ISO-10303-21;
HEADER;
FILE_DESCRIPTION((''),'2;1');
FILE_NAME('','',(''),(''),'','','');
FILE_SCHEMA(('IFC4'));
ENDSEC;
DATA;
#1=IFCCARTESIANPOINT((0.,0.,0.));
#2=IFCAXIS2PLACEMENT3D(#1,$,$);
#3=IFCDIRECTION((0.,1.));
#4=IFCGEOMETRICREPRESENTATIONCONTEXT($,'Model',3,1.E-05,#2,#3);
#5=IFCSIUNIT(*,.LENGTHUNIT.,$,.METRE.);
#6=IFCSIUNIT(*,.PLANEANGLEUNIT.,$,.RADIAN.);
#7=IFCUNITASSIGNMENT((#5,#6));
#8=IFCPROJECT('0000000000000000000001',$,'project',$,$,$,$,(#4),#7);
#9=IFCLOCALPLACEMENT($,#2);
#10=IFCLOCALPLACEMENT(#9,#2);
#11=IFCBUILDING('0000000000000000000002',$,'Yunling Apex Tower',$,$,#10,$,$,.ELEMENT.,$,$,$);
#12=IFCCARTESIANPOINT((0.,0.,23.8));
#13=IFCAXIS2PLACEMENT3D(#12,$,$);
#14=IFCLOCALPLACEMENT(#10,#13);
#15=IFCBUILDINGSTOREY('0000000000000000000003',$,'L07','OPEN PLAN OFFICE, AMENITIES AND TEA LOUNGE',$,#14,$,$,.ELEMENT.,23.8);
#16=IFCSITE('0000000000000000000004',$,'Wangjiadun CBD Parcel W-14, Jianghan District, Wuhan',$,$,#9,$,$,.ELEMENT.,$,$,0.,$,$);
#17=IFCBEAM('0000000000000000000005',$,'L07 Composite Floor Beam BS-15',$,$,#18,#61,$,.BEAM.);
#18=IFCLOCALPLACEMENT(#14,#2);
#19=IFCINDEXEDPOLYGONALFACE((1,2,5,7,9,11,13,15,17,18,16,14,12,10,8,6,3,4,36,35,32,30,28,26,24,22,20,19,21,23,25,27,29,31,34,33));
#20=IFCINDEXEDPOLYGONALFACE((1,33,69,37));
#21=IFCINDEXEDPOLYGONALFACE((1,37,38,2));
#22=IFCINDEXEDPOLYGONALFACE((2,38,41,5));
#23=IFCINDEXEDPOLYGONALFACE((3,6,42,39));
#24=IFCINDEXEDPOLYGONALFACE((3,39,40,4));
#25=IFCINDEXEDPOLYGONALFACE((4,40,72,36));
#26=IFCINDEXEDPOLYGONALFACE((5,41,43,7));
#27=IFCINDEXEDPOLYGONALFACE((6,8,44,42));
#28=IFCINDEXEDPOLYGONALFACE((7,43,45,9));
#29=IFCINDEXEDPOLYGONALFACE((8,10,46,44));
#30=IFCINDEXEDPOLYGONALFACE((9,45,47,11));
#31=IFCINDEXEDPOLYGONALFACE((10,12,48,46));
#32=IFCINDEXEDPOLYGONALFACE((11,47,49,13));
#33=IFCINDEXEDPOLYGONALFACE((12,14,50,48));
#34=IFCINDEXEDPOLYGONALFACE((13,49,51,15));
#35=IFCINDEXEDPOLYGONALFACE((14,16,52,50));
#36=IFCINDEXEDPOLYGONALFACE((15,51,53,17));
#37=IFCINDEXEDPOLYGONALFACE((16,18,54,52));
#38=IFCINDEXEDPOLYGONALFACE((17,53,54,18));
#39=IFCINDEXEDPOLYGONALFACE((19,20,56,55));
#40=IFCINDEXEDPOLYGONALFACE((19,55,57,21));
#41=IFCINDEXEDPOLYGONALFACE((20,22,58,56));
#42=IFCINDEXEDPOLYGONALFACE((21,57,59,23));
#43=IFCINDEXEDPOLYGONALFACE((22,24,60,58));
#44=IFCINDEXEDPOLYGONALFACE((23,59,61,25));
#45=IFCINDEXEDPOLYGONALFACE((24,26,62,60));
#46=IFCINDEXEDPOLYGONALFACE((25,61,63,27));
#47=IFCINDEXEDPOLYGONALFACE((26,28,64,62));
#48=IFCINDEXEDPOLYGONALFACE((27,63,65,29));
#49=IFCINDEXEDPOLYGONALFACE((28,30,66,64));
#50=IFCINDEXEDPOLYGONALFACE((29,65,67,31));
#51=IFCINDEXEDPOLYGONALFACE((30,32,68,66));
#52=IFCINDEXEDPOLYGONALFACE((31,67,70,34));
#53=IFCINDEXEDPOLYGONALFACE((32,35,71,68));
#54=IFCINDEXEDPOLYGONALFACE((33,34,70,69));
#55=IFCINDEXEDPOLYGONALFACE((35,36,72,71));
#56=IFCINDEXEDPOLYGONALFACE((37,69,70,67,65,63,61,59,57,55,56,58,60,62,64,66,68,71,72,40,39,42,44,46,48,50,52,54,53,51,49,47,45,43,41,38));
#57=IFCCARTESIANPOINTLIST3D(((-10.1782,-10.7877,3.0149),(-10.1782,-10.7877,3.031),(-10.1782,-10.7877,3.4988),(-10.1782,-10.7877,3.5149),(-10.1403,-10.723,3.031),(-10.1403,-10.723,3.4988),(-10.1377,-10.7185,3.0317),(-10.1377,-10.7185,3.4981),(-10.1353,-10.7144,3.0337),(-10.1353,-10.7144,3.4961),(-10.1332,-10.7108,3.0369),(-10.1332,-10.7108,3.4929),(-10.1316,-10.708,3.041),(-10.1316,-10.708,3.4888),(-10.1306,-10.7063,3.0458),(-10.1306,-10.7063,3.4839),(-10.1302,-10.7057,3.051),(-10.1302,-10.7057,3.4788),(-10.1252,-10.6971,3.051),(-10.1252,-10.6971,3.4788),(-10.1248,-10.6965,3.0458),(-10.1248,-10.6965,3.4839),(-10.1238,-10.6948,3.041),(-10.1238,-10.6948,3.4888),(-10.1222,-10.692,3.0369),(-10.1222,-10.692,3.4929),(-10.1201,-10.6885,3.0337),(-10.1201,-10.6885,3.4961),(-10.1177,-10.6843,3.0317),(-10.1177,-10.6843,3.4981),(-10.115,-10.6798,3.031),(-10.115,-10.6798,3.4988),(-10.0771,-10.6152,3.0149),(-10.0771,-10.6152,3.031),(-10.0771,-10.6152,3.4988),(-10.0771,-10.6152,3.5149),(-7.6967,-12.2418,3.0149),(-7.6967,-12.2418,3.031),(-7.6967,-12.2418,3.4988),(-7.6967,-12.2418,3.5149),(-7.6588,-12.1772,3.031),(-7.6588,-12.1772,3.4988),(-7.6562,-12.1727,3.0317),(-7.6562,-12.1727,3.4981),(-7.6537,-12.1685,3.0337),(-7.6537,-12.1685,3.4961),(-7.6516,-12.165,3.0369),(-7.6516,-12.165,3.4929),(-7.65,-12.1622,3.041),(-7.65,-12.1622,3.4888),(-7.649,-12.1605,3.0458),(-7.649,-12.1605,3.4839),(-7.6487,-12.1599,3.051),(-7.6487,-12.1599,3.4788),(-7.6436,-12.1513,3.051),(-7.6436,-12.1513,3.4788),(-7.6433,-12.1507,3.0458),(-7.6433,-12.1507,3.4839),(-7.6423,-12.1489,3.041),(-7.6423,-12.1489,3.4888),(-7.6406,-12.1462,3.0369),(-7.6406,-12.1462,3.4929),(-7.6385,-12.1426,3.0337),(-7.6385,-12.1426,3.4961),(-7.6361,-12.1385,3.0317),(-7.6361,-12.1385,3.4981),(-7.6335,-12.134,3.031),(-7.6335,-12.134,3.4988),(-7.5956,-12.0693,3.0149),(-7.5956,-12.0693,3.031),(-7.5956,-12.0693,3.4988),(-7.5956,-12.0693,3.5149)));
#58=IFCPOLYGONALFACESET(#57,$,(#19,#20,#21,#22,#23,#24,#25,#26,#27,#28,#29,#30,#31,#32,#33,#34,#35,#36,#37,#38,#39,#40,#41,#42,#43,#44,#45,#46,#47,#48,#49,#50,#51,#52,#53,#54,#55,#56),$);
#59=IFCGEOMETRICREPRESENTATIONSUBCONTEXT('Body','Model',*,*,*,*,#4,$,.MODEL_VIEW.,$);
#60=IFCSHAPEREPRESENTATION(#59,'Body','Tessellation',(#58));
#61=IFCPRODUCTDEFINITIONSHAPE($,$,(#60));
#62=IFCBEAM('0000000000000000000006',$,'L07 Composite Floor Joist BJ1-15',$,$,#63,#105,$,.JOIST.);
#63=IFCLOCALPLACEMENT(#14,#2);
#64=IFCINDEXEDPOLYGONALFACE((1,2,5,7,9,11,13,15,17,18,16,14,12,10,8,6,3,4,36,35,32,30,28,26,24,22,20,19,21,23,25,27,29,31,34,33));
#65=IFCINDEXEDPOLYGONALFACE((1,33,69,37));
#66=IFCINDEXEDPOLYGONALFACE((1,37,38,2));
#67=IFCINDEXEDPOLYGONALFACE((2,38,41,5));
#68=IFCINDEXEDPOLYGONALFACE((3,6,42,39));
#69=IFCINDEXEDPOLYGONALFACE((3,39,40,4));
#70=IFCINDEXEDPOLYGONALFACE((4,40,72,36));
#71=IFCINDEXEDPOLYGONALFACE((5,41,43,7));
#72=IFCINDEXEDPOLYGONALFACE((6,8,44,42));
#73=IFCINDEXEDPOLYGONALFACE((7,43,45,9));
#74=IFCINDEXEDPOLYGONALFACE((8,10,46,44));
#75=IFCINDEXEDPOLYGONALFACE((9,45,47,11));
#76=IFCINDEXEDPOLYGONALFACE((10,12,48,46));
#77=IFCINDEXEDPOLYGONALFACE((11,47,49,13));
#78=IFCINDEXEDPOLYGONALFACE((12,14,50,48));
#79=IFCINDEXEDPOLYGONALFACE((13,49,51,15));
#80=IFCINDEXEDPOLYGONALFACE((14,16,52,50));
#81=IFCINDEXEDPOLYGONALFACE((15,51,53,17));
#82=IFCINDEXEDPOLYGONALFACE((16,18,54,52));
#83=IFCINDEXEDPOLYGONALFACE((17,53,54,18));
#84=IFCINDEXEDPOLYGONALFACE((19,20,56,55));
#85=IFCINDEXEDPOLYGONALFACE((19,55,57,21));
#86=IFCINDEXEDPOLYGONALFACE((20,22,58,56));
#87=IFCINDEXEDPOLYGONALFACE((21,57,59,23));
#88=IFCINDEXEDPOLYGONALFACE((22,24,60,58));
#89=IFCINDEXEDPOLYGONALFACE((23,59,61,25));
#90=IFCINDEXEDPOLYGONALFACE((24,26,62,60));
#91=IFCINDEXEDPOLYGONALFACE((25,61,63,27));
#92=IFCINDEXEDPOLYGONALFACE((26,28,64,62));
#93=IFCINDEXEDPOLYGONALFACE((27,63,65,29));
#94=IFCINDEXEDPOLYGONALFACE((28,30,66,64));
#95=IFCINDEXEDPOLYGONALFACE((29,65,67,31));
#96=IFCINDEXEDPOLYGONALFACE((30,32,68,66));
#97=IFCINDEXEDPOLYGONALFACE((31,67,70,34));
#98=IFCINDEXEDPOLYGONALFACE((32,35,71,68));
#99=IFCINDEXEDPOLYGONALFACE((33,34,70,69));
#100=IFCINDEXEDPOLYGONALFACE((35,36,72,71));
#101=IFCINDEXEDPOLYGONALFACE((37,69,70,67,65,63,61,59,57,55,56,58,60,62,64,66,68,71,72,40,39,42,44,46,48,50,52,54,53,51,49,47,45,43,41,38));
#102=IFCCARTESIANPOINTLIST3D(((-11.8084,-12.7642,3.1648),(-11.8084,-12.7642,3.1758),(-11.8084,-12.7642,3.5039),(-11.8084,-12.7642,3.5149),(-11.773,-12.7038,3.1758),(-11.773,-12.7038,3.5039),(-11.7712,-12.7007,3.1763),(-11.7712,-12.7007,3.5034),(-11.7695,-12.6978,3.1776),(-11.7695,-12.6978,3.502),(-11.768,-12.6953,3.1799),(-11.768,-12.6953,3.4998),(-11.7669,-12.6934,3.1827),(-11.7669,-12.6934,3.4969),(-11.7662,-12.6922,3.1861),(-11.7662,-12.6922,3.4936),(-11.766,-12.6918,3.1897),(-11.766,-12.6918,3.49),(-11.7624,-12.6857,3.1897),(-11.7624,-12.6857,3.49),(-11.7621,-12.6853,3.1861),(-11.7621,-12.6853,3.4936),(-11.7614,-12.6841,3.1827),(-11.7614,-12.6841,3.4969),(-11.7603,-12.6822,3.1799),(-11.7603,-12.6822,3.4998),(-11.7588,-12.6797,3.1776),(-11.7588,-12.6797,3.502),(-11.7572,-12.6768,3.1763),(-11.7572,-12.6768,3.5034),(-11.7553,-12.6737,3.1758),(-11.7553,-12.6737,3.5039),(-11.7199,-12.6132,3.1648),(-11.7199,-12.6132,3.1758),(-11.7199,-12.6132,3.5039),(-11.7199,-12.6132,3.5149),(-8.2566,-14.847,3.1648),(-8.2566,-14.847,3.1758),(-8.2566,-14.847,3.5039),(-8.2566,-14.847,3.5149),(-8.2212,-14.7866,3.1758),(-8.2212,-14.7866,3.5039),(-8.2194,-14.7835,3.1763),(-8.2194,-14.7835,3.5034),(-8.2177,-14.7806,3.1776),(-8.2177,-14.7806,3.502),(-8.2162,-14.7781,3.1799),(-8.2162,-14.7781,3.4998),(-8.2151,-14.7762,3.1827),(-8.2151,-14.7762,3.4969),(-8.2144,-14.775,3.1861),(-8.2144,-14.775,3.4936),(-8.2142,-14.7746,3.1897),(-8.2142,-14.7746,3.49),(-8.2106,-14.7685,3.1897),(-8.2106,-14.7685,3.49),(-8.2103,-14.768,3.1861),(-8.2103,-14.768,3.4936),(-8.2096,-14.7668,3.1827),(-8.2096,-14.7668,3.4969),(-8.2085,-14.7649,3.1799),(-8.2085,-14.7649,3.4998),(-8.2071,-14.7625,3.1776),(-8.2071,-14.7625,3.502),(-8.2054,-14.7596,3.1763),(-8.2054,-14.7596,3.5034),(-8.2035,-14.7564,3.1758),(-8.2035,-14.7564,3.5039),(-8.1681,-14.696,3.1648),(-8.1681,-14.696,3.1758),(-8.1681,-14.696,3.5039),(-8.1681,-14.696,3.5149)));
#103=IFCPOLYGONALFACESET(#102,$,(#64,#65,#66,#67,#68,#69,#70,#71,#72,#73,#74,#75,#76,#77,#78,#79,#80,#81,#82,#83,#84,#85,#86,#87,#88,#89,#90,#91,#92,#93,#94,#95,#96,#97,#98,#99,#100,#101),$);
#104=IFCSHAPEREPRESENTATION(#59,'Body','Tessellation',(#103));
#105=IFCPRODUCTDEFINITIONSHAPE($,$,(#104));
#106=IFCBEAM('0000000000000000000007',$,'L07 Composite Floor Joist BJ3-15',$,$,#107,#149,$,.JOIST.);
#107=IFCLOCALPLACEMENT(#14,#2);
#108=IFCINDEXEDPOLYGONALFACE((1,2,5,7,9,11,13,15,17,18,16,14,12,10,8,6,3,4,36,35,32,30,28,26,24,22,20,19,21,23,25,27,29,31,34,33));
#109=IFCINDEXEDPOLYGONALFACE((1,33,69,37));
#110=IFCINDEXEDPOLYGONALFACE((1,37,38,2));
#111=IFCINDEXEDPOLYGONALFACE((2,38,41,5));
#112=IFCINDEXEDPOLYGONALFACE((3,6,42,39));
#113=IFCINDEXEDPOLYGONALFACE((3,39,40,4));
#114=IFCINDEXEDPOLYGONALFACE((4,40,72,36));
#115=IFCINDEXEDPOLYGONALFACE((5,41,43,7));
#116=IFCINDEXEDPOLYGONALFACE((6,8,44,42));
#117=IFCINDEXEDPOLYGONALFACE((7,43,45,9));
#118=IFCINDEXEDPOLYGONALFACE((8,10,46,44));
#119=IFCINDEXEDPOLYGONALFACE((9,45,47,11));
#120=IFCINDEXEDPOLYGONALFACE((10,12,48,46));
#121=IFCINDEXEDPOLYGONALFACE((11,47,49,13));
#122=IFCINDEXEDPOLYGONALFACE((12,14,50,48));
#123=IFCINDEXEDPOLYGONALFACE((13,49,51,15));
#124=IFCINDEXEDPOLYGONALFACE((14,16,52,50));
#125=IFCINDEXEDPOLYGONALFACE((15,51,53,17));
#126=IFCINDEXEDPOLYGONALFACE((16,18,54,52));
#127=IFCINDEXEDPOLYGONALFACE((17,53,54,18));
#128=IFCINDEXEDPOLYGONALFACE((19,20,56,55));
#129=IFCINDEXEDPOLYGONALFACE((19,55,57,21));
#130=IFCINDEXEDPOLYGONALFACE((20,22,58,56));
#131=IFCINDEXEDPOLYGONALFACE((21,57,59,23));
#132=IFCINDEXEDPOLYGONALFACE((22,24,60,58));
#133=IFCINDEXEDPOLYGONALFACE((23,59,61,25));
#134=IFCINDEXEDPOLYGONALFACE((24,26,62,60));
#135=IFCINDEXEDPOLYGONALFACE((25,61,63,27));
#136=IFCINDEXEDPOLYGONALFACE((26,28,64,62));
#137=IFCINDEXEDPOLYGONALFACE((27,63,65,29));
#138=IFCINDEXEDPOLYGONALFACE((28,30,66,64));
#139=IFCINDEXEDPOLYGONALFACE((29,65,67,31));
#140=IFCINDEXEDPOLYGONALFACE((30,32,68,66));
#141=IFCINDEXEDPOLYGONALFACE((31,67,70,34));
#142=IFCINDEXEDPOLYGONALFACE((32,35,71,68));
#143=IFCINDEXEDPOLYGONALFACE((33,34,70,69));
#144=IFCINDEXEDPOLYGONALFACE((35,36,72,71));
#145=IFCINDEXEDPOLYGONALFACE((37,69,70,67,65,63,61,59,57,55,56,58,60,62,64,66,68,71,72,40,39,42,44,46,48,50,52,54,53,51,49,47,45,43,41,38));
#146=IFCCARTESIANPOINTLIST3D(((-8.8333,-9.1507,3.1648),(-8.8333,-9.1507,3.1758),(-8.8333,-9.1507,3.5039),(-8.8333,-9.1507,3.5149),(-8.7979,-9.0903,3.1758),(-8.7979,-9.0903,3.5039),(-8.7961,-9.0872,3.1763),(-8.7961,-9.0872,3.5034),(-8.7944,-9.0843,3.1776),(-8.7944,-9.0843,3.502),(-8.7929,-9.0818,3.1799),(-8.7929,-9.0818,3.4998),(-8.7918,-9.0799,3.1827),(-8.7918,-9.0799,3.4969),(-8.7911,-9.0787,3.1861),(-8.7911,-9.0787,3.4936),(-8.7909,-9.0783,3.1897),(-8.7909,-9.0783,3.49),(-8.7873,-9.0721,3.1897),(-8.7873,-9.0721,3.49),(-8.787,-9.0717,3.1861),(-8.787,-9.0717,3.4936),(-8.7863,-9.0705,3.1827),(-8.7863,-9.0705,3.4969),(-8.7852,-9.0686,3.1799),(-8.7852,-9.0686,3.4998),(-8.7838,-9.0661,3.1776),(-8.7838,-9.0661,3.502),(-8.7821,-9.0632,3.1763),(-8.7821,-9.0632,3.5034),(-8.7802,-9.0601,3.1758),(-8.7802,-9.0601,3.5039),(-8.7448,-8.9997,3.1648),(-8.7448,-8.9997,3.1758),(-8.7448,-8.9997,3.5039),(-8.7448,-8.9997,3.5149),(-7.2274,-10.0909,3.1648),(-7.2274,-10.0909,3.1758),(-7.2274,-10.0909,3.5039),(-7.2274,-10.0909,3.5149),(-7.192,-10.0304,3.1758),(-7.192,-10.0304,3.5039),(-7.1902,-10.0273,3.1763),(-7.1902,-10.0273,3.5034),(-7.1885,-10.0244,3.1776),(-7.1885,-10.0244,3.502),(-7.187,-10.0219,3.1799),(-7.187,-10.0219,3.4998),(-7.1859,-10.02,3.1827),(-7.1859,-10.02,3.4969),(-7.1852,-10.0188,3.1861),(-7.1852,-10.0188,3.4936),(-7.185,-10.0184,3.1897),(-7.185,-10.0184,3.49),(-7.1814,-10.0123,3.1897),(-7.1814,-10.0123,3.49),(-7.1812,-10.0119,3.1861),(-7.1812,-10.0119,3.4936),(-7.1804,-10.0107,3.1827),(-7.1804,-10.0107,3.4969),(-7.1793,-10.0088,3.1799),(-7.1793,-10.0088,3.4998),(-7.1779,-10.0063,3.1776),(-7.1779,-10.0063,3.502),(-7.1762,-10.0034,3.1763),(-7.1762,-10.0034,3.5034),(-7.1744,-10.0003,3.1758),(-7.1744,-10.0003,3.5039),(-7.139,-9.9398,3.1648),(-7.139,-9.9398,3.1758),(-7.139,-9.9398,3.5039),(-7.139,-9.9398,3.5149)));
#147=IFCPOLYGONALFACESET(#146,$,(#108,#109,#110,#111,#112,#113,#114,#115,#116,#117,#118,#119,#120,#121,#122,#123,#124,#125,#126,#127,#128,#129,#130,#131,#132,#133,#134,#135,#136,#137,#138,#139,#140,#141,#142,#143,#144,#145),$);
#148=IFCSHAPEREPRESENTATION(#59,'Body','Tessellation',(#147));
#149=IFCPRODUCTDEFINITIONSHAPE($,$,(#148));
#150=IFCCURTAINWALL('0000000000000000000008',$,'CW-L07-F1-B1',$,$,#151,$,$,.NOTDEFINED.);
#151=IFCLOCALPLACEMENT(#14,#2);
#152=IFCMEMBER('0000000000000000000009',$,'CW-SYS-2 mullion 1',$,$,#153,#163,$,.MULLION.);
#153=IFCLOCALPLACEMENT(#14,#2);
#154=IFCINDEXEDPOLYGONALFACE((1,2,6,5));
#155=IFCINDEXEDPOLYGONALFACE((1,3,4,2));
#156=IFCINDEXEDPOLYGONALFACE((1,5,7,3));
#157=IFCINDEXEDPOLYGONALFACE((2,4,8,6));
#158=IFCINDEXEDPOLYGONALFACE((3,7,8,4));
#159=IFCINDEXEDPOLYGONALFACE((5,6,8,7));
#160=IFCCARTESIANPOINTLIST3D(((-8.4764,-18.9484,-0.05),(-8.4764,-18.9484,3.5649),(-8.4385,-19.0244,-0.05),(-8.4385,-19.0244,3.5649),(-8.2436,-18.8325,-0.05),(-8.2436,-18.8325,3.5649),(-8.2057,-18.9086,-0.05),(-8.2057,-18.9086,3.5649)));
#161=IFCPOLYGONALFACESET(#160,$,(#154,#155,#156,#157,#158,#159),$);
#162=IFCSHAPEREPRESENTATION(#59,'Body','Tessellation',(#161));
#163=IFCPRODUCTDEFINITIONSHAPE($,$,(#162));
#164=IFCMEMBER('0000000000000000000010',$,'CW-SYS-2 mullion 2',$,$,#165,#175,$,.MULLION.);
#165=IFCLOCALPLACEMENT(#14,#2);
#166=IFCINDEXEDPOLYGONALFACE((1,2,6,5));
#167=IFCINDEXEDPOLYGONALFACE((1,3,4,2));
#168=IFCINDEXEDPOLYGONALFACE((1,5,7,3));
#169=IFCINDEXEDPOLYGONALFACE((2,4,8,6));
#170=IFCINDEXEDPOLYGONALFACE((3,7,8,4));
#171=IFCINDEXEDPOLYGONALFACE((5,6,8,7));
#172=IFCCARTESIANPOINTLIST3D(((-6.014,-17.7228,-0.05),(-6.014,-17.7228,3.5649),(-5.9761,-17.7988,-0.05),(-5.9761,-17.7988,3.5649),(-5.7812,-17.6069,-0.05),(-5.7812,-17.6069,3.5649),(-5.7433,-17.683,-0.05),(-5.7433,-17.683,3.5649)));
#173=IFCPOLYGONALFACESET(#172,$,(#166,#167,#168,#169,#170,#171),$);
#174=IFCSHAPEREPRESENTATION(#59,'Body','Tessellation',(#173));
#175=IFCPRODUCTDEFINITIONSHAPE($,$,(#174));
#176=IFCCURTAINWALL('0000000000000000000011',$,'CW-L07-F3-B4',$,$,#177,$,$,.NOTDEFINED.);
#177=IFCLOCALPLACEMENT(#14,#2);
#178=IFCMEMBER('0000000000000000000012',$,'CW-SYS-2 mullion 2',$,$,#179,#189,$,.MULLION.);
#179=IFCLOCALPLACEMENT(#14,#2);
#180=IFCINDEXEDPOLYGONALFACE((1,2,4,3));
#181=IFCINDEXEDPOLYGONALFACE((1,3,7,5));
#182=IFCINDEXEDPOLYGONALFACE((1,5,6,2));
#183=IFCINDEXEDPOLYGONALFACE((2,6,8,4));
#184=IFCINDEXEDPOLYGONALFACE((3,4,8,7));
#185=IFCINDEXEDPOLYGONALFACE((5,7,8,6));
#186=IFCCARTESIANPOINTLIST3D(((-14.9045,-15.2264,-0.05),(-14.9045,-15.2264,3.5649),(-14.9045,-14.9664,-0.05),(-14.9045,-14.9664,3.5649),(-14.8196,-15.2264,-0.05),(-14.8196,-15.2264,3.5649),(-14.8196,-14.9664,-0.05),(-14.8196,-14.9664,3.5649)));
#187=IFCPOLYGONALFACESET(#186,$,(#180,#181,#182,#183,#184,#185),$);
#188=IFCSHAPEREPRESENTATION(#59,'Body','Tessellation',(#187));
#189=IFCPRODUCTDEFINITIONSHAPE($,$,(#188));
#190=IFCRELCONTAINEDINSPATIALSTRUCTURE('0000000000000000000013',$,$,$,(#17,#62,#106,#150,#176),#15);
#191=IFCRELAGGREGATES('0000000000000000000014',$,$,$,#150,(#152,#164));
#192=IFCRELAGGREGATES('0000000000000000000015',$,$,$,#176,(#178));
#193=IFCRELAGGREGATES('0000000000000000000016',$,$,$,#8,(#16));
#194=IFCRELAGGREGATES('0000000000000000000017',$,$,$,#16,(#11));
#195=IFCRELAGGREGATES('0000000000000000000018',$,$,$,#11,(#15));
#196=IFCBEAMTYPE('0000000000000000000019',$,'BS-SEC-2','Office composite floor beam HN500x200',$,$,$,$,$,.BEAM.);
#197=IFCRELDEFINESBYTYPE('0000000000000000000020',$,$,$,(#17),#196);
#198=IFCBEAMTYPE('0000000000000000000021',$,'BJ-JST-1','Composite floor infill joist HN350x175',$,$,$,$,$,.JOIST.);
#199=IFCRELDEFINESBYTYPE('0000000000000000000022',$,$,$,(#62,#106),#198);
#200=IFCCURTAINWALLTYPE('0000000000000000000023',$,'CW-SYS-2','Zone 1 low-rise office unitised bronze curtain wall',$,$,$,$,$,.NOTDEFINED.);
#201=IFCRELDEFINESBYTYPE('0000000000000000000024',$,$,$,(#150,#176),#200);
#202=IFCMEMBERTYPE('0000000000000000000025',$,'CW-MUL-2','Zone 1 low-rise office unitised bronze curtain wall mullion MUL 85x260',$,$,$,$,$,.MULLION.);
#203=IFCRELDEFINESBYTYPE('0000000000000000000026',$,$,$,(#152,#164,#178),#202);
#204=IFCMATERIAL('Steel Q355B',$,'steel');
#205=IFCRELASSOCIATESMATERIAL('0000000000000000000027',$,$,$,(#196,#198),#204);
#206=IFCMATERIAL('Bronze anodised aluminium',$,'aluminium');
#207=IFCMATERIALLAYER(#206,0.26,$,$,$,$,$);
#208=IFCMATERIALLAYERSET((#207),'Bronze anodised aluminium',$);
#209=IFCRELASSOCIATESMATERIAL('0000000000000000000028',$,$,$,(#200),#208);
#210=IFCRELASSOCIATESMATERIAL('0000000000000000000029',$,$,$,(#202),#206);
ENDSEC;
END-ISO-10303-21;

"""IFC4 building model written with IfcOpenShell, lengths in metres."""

from ifc_helpers import new_model, si_unit, direction, frame, origin, origin_2d, place, context, subcontext, project, spatial, rectangle, i_section, extrude, source, transform, mapped, material, layer, layer_set, material_profile, profile_set, type_object, element, aggregate, save


model = new_model("IFC4")

# Units and contexts
model_context = context("Model", 3, precision=1e-05, world=origin(), true_north=direction((0.0, 1.0)))
body_context = subcontext(model_context, "Body", "Model", "MODEL_VIEW")
ifc_project = project(units=[si_unit("LENGTHUNIT", "METRE"), si_unit("PLANEANGLEUNIT", "RADIAN")], contexts=[model_context])

# Site, building, storey
site_placement = place(None, origin())
site = spatial("IfcSite", under=ifc_project, at=site_placement, Name="Wangjiadun CBD Parcel W-14, Jianghan District, Wuhan", CompositionType="ELEMENT", RefElevation=0.0)
building_placement = place(site_placement, origin())
building = spatial("IfcBuilding", under=site, at=building_placement, Name="Yunling Apex Tower", CompositionType="ELEMENT")
storey_placement = place(building_placement, frame((0.0, 0.0, 23.8)))
storey = spatial("IfcBuildingStorey", under=building, at=storey_placement, Name="L07", Description="OPEN PLAN OFFICE, AMENITIES AND TEA LOUNGE", CompositionType="ELEMENT", Elevation=23.8)

# Beams
ifc_material_1 = material(Name="Steel Q355B", Category="steel")
ifc_material_profile_1 = material_profile(ifc_material_1, i_section(OverallWidth=0.2, OverallDepth=0.5, WebThickness=0.01, FlangeThickness=0.0161, FilletRadius=0.02, at=origin_2d()))
ifc_profile_set_1 = profile_set([ifc_material_profile_1], Name="Steel Q355B")
beam_type_1 = type_object("IfcBeamType", Name="BS-SEC-2", Description="Office composite floor beam HN500x200", PredefinedType="BEAM", material=ifc_profile_set_1)
ifc_material_profile_2 = material_profile(ifc_material_1, i_section(OverallWidth=0.175, OverallDepth=0.3501, WebThickness=0.0071, FlangeThickness=0.011, FilletRadius=0.0139, at=origin_2d()))
ifc_profile_set_2 = profile_set([ifc_material_profile_2], Name="Steel Q355B")
beam_type_2 = type_object("IfcBeamType", Name="BJ-JST-1", Description="Composite floor infill joist HN350x175", PredefinedType="JOIST", material=ifc_profile_set_2)
shared_shape_1 = source(origin(), body_context, "Body", "SweptSolid", [
    extrude(i_section(OverallWidth=0.2, OverallDepth=0.5, WebThickness=0.01, FlangeThickness=0.0161, FilletRadius=0.02, at=origin_2d()), origin(), (0.0, 0.0, 1.0), 2.8762),
])
beam_1_placement = place(storey_placement, frame((-10.1277, -10.7014, 3.2649), z_axis=(0.86278, -0.50558, 0.0), x_axis=(0.50558, 0.86278, 0.0)))
element("IfcBeam", 1, at=beam_1_placement, inside=storey, type_object=beam_type_1, Name="L07 Composite Floor Beam BS-15", PredefinedType="BEAM", context=body_context, shape_type="MappedRepresentation", body=[
    mapped(shared_shape_1, transform((0.0, 0.0, 0.0), scale=1.0)),
])
shared_shape_2 = source(origin(), body_context, "Body", "SweptSolid", [
    extrude(i_section(OverallWidth=0.175, OverallDepth=0.3501, WebThickness=0.0071, FlangeThickness=0.011, FilletRadius=0.0139, at=origin_2d()), origin(), (0.0, 0.0, 1.0), 4.1174),
])
beam_2_placement = place(storey_placement, frame((-11.7642, -12.6887, 3.3398), z_axis=(0.862624, -0.505846, 0.0), x_axis=(0.505846, 0.862624, 0.0)))
element("IfcBeam", 2, at=beam_2_placement, inside=storey, type_object=beam_type_2, Name="L07 Composite Floor Joist BJ1-15", PredefinedType="JOIST", context=body_context, shape_type="MappedRepresentation", body=[
    mapped(shared_shape_2, transform((0.0, 0.0, 0.0), scale=1.0)),
])
shared_shape_3 = source(origin(), body_context, "Body", "SweptSolid", [
    extrude(i_section(OverallWidth=0.175, OverallDepth=0.3501, WebThickness=0.0071, FlangeThickness=0.011, FilletRadius=0.0139, at=origin_2d()), origin(), (0.0, 0.0, 1.0), 1.8608),
])
beam_3_placement = place(storey_placement, frame((-8.7891, -9.0752, 3.3398), z_axis=(0.862988, -0.505224, 0.0), x_axis=(0.505224, 0.862988, 0.0)))
element("IfcBeam", 3, at=beam_3_placement, inside=storey, type_object=beam_type_2, Name="L07 Composite Floor Joist BJ3-15", PredefinedType="JOIST", context=body_context, shape_type="MappedRepresentation", body=[
    mapped(shared_shape_3, transform((0.0, 0.0, 0.0), scale=1.0)),
])

# Curtain wall, members
ifc_material_2 = material(Name="Bronze anodised aluminium", Category="aluminium")
ifc_layer_1 = layer(ifc_material_2, 0.26)
ifc_layer_set_1 = layer_set([ifc_layer_1], Name="Bronze anodised aluminium")
curtain_wall_type = type_object("IfcCurtainWallType", Name="CW-SYS-2", Description="Zone 1 low-rise office unitised bronze curtain wall", PredefinedType="NOTDEFINED", material=ifc_layer_set_1)
curtain_wall_1_placement = place(storey_placement, origin())
curtain_wall_1 = element("IfcCurtainWall", 4, at=curtain_wall_1_placement, inside=storey, type_object=curtain_wall_type, Name="CW-L07-F1-B1", PredefinedType="NOTDEFINED")
ifc_material_profile_3 = material_profile(ifc_material_2, rectangle(XDim=0.085, YDim=0.26, at=origin_2d()))
ifc_profile_set_3 = profile_set([ifc_material_profile_3], Name="Bronze anodised aluminium")
member_type_1 = type_object("IfcMemberType", Name="CW-MUL-2", Description="Zone 1 low-rise office unitised bronze curtain wall mullion MUL 85x260", PredefinedType="MULLION", material=ifc_profile_set_3)
shared_shape_4 = source(origin(), body_context, "Body", "SweptSolid", [
    extrude(rectangle(XDim=0.085, YDim=0.26, at=origin_2d()), origin(), (0.0, 0.0, 1.0), 3.615),
])
member_1_placement = place(storey_placement, frame((-8.3411, -18.9285, -0.05), z_axis=(0.0, 0.0, 1.0), x_axis=(-0.445571, 0.895247, 0.0)))
member_1 = element("IfcMember", 5, at=member_1_placement, type_object=member_type_1, Name="CW-SYS-2 mullion 1", PredefinedType="MULLION", context=body_context, shape_type="MappedRepresentation", body=[
    mapped(shared_shape_4, transform((0.0, 0.0, 0.0), scale=1.0)),
])
member_2_placement = place(storey_placement, frame((-5.8787, -17.7029, -0.05), z_axis=(0.0, 0.0, 1.0), x_axis=(-0.445571, 0.895247, 0.0)))
member_2 = element("IfcMember", 6, at=member_2_placement, type_object=member_type_1, Name="CW-SYS-2 mullion 2", PredefinedType="MULLION", context=body_context, shape_type="MappedRepresentation", body=[
    mapped(shared_shape_4, transform((0.0, 0.0, 0.0), scale=1.0)),
])

# Curtain wall, member
curtain_wall_2_placement = place(storey_placement, origin())
curtain_wall_2 = element("IfcCurtainWall", 7, at=curtain_wall_2_placement, inside=storey, type_object=curtain_wall_type, Name="CW-L07-F3-B4", PredefinedType="NOTDEFINED")
member_3_placement = place(storey_placement, frame((-14.8621, -15.0964, -0.05), z_axis=(0.0, 0.0, 1.0), x_axis=(1.0, 0.0, 0.0)))
member_3 = element("IfcMember", 8, at=member_3_placement, type_object=member_type_1, Name="CW-SYS-2 mullion 2", PredefinedType="MULLION", context=body_context, shape_type="MappedRepresentation", body=[
    mapped(shared_shape_4, transform((0.0, 0.0, 0.0), scale=1.0)),
])

aggregate(curtain_wall_1, [member_1, member_2])
aggregate(curtain_wall_2, [member_3])

save(model, "model.ifc")
